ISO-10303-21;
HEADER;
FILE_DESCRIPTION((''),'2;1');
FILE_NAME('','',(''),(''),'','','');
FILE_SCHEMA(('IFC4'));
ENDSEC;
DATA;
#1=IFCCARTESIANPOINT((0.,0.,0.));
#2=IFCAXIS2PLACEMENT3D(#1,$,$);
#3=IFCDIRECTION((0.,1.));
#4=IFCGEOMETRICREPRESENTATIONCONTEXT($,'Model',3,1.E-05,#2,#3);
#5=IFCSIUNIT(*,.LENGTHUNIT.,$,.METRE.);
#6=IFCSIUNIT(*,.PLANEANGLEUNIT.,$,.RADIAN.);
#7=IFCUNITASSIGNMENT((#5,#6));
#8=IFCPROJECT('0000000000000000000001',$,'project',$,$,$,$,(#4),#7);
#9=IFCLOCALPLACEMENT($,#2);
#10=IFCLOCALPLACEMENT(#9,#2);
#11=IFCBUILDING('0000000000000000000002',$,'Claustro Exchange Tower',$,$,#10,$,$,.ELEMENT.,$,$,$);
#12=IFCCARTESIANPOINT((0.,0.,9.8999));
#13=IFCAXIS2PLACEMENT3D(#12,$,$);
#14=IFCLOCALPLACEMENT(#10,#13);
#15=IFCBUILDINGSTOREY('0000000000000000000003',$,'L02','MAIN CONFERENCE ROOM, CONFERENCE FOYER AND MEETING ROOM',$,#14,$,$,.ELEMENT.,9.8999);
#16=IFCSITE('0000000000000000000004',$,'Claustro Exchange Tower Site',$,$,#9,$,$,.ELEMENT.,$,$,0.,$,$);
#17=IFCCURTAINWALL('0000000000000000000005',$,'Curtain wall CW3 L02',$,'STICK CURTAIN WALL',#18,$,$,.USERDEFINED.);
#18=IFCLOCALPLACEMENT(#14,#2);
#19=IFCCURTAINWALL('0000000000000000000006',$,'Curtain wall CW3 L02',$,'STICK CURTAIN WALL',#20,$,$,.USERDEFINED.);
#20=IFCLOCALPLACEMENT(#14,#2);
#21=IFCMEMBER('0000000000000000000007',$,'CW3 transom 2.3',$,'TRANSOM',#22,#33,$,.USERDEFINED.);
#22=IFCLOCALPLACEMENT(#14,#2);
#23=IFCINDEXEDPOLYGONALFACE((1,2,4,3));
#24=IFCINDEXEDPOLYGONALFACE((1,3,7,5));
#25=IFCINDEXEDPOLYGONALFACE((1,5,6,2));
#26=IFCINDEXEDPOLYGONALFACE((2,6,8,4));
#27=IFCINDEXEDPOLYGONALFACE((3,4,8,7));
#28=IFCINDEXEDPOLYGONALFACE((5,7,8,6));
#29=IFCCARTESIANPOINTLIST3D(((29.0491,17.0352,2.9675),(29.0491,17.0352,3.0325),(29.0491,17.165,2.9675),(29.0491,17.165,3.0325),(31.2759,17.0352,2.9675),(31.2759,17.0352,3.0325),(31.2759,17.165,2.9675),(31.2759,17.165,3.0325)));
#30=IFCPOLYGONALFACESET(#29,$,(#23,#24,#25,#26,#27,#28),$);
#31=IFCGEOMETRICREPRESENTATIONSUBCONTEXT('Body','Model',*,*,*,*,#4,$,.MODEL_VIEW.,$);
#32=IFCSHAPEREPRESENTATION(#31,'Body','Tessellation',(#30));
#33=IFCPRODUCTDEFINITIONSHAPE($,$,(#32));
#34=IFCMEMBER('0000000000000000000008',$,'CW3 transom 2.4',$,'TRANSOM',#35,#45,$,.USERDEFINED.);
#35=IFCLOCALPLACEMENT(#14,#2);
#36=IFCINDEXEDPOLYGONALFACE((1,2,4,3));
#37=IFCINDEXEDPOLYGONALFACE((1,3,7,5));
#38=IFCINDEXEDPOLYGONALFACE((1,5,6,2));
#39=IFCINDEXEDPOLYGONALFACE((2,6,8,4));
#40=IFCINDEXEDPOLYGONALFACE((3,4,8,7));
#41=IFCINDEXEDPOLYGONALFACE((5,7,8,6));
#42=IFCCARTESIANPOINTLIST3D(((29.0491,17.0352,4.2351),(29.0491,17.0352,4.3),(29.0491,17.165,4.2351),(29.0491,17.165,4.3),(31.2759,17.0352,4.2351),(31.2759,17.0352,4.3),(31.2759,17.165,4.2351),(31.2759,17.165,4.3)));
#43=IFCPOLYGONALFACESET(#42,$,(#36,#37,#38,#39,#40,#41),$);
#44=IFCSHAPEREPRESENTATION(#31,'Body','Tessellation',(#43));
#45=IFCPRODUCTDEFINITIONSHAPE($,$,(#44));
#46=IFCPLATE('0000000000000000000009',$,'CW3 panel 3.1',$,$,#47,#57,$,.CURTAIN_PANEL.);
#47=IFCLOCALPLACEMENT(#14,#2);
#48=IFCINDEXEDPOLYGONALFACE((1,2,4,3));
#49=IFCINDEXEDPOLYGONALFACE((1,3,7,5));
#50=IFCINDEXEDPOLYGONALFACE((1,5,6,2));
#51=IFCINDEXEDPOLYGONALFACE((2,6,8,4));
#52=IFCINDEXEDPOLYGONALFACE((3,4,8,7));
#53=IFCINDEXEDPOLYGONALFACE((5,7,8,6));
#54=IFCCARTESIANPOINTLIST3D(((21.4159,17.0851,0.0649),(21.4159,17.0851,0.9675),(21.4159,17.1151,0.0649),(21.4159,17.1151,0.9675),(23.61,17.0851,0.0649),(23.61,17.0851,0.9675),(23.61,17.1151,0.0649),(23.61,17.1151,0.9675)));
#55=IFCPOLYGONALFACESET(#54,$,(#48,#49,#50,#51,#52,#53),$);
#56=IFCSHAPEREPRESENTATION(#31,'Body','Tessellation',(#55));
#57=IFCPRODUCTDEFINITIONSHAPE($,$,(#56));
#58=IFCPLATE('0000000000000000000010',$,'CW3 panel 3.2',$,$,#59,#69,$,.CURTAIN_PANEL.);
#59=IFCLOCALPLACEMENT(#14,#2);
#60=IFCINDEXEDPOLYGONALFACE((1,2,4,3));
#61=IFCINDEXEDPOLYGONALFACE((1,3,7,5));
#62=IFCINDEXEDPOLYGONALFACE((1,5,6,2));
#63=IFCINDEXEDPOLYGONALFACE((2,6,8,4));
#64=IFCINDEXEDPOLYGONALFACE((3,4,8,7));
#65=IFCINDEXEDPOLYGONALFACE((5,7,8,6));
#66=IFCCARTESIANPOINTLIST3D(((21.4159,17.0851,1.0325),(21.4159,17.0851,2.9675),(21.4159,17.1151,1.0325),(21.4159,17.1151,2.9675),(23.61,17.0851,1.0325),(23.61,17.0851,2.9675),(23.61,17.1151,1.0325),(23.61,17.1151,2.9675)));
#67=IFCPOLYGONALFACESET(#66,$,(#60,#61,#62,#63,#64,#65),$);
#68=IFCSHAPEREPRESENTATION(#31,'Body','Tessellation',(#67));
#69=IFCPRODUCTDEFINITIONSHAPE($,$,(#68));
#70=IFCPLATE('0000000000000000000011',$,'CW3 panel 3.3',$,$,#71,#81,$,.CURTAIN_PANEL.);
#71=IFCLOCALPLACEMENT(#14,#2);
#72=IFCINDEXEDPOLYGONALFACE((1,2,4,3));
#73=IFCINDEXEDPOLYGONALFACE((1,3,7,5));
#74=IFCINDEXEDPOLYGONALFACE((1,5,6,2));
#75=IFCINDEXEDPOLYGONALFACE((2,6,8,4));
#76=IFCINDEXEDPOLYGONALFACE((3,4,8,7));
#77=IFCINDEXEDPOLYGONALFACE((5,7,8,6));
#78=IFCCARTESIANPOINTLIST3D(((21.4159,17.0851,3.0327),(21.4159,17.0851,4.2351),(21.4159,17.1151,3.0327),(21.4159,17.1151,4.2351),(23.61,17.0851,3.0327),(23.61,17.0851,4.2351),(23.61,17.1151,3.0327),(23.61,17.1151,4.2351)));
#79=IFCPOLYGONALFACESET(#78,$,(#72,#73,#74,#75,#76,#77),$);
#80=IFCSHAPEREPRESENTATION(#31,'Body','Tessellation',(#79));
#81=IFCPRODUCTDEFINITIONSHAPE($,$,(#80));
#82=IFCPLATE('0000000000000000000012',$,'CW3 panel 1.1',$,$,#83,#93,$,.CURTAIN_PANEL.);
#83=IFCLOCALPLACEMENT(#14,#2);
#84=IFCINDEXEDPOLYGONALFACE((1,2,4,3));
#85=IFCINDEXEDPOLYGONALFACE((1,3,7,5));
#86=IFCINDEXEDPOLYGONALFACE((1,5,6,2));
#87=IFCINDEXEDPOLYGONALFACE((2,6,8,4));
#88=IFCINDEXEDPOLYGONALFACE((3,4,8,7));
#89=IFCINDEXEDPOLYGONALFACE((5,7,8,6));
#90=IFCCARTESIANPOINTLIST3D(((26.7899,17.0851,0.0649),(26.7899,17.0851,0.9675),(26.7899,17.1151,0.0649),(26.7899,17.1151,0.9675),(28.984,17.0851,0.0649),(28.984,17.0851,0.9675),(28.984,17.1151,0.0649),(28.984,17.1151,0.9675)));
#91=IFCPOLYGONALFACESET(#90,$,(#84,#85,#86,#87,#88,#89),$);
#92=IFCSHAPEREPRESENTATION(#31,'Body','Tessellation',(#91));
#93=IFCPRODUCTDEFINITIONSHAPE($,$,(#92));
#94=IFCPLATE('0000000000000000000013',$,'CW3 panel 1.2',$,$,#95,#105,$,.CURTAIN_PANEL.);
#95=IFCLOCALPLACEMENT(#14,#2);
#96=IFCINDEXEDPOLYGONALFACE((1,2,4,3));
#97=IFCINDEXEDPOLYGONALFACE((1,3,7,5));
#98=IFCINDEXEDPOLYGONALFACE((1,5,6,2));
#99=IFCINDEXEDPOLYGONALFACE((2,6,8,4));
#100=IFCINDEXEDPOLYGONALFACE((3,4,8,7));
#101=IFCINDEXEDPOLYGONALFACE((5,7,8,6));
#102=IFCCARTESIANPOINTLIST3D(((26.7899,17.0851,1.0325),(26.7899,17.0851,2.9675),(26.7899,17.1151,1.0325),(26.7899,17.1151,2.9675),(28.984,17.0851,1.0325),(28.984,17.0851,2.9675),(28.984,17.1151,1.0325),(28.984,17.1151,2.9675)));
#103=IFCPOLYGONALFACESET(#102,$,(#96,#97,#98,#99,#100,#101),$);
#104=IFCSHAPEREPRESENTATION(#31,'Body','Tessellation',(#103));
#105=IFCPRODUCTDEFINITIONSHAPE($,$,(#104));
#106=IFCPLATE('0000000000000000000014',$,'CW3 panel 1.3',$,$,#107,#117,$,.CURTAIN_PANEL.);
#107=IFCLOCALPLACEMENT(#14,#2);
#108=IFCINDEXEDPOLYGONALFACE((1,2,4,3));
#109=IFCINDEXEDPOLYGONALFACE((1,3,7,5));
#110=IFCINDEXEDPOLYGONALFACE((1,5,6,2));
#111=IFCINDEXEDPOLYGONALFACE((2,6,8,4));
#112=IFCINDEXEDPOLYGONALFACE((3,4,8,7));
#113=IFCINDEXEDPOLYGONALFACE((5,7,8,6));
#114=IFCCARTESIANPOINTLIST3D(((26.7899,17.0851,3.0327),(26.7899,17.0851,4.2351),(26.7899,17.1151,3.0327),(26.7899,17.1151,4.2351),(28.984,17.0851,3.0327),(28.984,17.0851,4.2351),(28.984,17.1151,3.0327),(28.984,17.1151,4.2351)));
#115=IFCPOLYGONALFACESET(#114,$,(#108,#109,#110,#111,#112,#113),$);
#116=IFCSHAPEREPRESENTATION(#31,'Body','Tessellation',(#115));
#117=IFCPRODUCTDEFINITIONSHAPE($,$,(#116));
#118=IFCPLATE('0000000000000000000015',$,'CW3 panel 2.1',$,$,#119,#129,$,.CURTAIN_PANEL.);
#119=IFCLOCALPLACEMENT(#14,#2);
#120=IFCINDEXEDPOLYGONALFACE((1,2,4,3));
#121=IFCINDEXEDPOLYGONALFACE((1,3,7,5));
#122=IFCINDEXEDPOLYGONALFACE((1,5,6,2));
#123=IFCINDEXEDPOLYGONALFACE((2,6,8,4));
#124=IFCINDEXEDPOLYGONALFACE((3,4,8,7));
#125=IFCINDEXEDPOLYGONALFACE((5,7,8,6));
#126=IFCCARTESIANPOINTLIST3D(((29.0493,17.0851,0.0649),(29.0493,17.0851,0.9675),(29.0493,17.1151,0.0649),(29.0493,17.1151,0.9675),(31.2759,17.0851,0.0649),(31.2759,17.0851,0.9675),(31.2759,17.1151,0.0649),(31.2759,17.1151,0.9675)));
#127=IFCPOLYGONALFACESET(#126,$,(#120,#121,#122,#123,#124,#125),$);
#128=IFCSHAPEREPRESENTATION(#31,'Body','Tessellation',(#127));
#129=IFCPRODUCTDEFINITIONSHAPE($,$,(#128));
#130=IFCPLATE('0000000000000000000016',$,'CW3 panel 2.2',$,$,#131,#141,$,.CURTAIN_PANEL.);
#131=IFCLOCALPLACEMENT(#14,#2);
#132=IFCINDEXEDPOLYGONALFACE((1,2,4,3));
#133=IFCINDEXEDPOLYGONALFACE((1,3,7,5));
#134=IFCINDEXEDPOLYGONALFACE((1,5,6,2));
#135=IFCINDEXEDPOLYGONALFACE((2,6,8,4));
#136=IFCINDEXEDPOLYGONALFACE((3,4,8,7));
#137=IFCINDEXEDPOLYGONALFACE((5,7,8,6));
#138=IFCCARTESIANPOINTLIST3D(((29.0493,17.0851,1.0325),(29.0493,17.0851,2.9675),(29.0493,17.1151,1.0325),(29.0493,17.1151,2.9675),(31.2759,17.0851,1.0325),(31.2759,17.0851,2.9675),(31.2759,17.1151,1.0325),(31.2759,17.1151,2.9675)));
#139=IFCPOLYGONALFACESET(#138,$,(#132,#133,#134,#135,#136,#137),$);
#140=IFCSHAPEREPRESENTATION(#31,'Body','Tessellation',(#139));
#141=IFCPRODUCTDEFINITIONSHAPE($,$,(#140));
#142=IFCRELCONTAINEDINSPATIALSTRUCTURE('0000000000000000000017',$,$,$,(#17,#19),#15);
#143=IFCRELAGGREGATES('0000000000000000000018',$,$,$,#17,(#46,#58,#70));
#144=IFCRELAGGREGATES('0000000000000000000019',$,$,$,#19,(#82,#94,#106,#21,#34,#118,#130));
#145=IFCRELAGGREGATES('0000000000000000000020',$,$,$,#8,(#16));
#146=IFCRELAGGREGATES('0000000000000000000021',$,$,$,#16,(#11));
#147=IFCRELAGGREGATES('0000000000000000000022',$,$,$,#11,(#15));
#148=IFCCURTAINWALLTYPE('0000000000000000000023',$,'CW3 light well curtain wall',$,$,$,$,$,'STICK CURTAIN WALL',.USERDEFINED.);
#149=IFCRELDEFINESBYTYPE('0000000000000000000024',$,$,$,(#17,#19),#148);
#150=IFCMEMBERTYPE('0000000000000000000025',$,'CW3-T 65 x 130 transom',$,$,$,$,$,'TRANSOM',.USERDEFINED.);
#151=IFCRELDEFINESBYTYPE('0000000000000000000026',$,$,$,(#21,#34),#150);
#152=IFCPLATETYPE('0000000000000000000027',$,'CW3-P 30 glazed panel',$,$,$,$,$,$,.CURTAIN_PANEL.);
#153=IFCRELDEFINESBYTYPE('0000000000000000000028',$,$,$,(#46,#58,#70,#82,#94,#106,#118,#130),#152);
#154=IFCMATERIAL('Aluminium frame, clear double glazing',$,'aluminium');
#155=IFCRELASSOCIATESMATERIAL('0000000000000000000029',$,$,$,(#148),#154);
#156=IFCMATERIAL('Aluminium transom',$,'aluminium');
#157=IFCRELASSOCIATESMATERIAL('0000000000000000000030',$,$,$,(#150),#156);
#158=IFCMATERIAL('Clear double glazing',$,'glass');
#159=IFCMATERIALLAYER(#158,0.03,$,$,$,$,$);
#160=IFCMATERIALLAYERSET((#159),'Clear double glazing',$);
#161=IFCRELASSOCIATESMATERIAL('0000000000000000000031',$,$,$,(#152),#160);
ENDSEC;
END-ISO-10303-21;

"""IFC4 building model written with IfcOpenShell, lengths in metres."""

from ifc_helpers import new_model, si_unit, direction, frame, origin, origin_2d, place, context, subcontext, project, spatial, rectangle, extrude, material, layer, layer_set, material_profile, profile_set, type_object, element, aggregate, save


model = new_model("IFC4")

# Units and contexts
model_context = context("Model", 3, precision=1e-05, world=origin(), true_north=direction((0.0, 1.0)))
body_context = subcontext(model_context, "Body", "Model", "MODEL_VIEW")
ifc_project = project(units=[si_unit("LENGTHUNIT", "METRE"), si_unit("PLANEANGLEUNIT", "RADIAN")], contexts=[model_context])

# Site, building, storey
site_placement = place(None, origin())
site = spatial("IfcSite", under=ifc_project, at=site_placement, Name="Claustro Exchange Tower Site", CompositionType="ELEMENT", RefElevation=0.0)
building_placement = place(site_placement, origin())
building = spatial("IfcBuilding", under=site, at=building_placement, Name="Claustro Exchange Tower", CompositionType="ELEMENT")
storey_placement = place(building_placement, frame((0.0, 0.0, 9.8999)))
storey = spatial("IfcBuildingStorey", under=building, at=storey_placement, Name="L02", Description="MAIN CONFERENCE ROOM, CONFERENCE FOYER AND MEETING ROOM", CompositionType="ELEMENT", Elevation=9.8999)

# Curtain wall
ifc_material_1 = material(Name="Aluminium frame, clear double glazing", Category="aluminium")
curtain_wall_type = type_object("IfcCurtainWallType", Name="CW3 light well curtain wall", ElementType="STICK CURTAIN WALL", PredefinedType="USERDEFINED", material=ifc_material_1)
curtain_wall_1_placement = place(storey_placement, origin())
curtain_wall_1 = element("IfcCurtainWall", 1, at=curtain_wall_1_placement, inside=storey, type_object=curtain_wall_type, Name="Curtain wall CW3 L02", ObjectType="STICK CURTAIN WALL", PredefinedType="USERDEFINED")

# Curtain wall, members
curtain_wall_2_placement = place(storey_placement, origin())
curtain_wall_2 = element("IfcCurtainWall", 2, at=curtain_wall_2_placement, inside=storey, type_object=curtain_wall_type, Name="Curtain wall CW3 L02", ObjectType="STICK CURTAIN WALL", PredefinedType="USERDEFINED")
ifc_material_2 = material(Name="Aluminium transom", Category="aluminium")
ifc_material_profile_1 = material_profile(ifc_material_2, rectangle(XDim=0.1299, YDim=0.0649, at=origin_2d()), Name="CW3-T 65x130")
ifc_profile_set_1 = profile_set([ifc_material_profile_1], Name="Aluminium transom")
member_type_1 = type_object("IfcMemberType", Name="CW3-T 65 x 130 transom", ElementType="TRANSOM", PredefinedType="USERDEFINED", material=ifc_profile_set_1)
member_1_placement = place(storey_placement, frame((29.0491, 17.1001, 3.0), z_axis=(1.0, 0.0, 0.0), x_axis=(0.0, 1.0, 0.0)))
member_1 = element("IfcMember", 3, at=member_1_placement, type_object=member_type_1, Name="CW3 transom 2.3", ObjectType="TRANSOM", PredefinedType="USERDEFINED", context=body_context, shape_type="SweptSolid", body=[
    extrude(rectangle(XDim=0.1299, YDim=0.0649, at=origin_2d()), origin(), (0.0, 0.0, 1.0), 2.2268),
])
member_2_placement = place(storey_placement, frame((29.0491, 17.1001, 4.2676), z_axis=(1.0, 0.0, 0.0), x_axis=(0.0, 1.0, 0.0)))
member_2 = element("IfcMember", 4, at=member_2_placement, type_object=member_type_1, Name="CW3 transom 2.4", ObjectType="TRANSOM", PredefinedType="USERDEFINED", context=body_context, shape_type="SweptSolid", body=[
    extrude(rectangle(XDim=0.1299, YDim=0.0649, at=origin_2d()), origin(), (0.0, 0.0, 1.0), 2.2268),
])

# Plates
ifc_material_3 = material(Name="Clear double glazing", Category="glass")
ifc_layer = layer(ifc_material_3, 0.03)
ifc_layer_set = layer_set([ifc_layer], Name="Clear double glazing")
plate_type = type_object("IfcPlateType", Name="CW3-P 30 glazed panel", PredefinedType="CURTAIN_PANEL", material=ifc_layer_set)
plate_1_placement = place(storey_placement, frame((22.5129, 17.1001, 0.0649), z_axis=(0.0, 0.0, 1.0), x_axis=(1.0, 0.0, 0.0)))
plate_1 = element("IfcPlate", 5, at=plate_1_placement, type_object=plate_type, Name="CW3 panel 3.1", PredefinedType="CURTAIN_PANEL", context=body_context, shape_type="SweptSolid", body=[
    extrude(rectangle(XDim=2.1941, YDim=0.03, at=origin_2d()), origin(), (0.0, 0.0, 1.0), 0.9026),
])
plate_2_placement = place(storey_placement, frame((22.5129, 17.1001, 1.0325), z_axis=(0.0, 0.0, 1.0), x_axis=(1.0, 0.0, 0.0)))
plate_2 = element("IfcPlate", 6, at=plate_2_placement, type_object=plate_type, Name="CW3 panel 3.2", PredefinedType="CURTAIN_PANEL", context=body_context, shape_type="SweptSolid", body=[
    extrude(rectangle(XDim=2.1941, YDim=0.03, at=origin_2d()), origin(), (0.0, 0.0, 1.0), 1.9351),
])
plate_3_placement = place(storey_placement, frame((22.5129, 17.1001, 3.0327), z_axis=(0.0, 0.0, 1.0), x_axis=(1.0, 0.0, 0.0)))
plate_3 = element("IfcPlate", 7, at=plate_3_placement, type_object=plate_type, Name="CW3 panel 3.3", PredefinedType="CURTAIN_PANEL", context=body_context, shape_type="SweptSolid", body=[
    extrude(rectangle(XDim=2.1941, YDim=0.03, at=origin_2d()), origin(), (0.0, 0.0, 1.0), 1.2024),
])
aggregate(curtain_wall_1, [plate_1, plate_2, plate_3])
plate_4_placement = place(storey_placement, frame((27.887, 17.1001, 0.0649), z_axis=(0.0, 0.0, 1.0), x_axis=(1.0, 0.0, 0.0)))
plate_4 = element("IfcPlate", 8, at=plate_4_placement, type_object=plate_type, Name="CW3 panel 1.1", PredefinedType="CURTAIN_PANEL", context=body_context, shape_type="SweptSolid", body=[
    extrude(rectangle(XDim=2.1941, YDim=0.03, at=origin_2d()), origin(), (0.0, 0.0, 1.0), 0.9026),
])
plate_5_placement = place(storey_placement, frame((27.887, 17.1001, 1.0325), z_axis=(0.0, 0.0, 1.0), x_axis=(1.0, 0.0, 0.0)))
plate_5 = element("IfcPlate", 9, at=plate_5_placement, type_object=plate_type, Name="CW3 panel 1.2", PredefinedType="CURTAIN_PANEL", context=body_context, shape_type="SweptSolid", body=[
    extrude(rectangle(XDim=2.1941, YDim=0.03, at=origin_2d()), origin(), (0.0, 0.0, 1.0), 1.9351),
])
plate_6_placement = place(storey_placement, frame((27.887, 17.1001, 3.0327), z_axis=(0.0, 0.0, 1.0), x_axis=(1.0, 0.0, 0.0)))
plate_6 = element("IfcPlate", 10, at=plate_6_placement, type_object=plate_type, Name="CW3 panel 1.3", PredefinedType="CURTAIN_PANEL", context=body_context, shape_type="SweptSolid", body=[
    extrude(rectangle(XDim=2.1941, YDim=0.03, at=origin_2d()), origin(), (0.0, 0.0, 1.0), 1.2024),
])
plate_7_placement = place(storey_placement, frame((30.1626, 17.1001, 0.0649), z_axis=(0.0, 0.0, 1.0), x_axis=(1.0, 0.0, 0.0)))
plate_7 = element("IfcPlate", 11, at=plate_7_placement, type_object=plate_type, Name="CW3 panel 2.1", PredefinedType="CURTAIN_PANEL", context=body_context, shape_type="SweptSolid", body=[
    extrude(rectangle(XDim=2.2266, YDim=0.03, at=origin_2d()), origin(), (0.0, 0.0, 1.0), 0.9026),
])
plate_8_placement = place(storey_placement, frame((30.1626, 17.1001, 1.0325), z_axis=(0.0, 0.0, 1.0), x_axis=(1.0, 0.0, 0.0)))
plate_8 = element("IfcPlate", 12, at=plate_8_placement, type_object=plate_type, Name="CW3 panel 2.2", PredefinedType="CURTAIN_PANEL", context=body_context, shape_type="SweptSolid", body=[
    extrude(rectangle(XDim=2.2266, YDim=0.03, at=origin_2d()), origin(), (0.0, 0.0, 1.0), 1.9351),
])
aggregate(curtain_wall_2, [plate_4, plate_5, plate_6, member_1, member_2, plate_7, plate_8])

save(model, "model.ifc")
